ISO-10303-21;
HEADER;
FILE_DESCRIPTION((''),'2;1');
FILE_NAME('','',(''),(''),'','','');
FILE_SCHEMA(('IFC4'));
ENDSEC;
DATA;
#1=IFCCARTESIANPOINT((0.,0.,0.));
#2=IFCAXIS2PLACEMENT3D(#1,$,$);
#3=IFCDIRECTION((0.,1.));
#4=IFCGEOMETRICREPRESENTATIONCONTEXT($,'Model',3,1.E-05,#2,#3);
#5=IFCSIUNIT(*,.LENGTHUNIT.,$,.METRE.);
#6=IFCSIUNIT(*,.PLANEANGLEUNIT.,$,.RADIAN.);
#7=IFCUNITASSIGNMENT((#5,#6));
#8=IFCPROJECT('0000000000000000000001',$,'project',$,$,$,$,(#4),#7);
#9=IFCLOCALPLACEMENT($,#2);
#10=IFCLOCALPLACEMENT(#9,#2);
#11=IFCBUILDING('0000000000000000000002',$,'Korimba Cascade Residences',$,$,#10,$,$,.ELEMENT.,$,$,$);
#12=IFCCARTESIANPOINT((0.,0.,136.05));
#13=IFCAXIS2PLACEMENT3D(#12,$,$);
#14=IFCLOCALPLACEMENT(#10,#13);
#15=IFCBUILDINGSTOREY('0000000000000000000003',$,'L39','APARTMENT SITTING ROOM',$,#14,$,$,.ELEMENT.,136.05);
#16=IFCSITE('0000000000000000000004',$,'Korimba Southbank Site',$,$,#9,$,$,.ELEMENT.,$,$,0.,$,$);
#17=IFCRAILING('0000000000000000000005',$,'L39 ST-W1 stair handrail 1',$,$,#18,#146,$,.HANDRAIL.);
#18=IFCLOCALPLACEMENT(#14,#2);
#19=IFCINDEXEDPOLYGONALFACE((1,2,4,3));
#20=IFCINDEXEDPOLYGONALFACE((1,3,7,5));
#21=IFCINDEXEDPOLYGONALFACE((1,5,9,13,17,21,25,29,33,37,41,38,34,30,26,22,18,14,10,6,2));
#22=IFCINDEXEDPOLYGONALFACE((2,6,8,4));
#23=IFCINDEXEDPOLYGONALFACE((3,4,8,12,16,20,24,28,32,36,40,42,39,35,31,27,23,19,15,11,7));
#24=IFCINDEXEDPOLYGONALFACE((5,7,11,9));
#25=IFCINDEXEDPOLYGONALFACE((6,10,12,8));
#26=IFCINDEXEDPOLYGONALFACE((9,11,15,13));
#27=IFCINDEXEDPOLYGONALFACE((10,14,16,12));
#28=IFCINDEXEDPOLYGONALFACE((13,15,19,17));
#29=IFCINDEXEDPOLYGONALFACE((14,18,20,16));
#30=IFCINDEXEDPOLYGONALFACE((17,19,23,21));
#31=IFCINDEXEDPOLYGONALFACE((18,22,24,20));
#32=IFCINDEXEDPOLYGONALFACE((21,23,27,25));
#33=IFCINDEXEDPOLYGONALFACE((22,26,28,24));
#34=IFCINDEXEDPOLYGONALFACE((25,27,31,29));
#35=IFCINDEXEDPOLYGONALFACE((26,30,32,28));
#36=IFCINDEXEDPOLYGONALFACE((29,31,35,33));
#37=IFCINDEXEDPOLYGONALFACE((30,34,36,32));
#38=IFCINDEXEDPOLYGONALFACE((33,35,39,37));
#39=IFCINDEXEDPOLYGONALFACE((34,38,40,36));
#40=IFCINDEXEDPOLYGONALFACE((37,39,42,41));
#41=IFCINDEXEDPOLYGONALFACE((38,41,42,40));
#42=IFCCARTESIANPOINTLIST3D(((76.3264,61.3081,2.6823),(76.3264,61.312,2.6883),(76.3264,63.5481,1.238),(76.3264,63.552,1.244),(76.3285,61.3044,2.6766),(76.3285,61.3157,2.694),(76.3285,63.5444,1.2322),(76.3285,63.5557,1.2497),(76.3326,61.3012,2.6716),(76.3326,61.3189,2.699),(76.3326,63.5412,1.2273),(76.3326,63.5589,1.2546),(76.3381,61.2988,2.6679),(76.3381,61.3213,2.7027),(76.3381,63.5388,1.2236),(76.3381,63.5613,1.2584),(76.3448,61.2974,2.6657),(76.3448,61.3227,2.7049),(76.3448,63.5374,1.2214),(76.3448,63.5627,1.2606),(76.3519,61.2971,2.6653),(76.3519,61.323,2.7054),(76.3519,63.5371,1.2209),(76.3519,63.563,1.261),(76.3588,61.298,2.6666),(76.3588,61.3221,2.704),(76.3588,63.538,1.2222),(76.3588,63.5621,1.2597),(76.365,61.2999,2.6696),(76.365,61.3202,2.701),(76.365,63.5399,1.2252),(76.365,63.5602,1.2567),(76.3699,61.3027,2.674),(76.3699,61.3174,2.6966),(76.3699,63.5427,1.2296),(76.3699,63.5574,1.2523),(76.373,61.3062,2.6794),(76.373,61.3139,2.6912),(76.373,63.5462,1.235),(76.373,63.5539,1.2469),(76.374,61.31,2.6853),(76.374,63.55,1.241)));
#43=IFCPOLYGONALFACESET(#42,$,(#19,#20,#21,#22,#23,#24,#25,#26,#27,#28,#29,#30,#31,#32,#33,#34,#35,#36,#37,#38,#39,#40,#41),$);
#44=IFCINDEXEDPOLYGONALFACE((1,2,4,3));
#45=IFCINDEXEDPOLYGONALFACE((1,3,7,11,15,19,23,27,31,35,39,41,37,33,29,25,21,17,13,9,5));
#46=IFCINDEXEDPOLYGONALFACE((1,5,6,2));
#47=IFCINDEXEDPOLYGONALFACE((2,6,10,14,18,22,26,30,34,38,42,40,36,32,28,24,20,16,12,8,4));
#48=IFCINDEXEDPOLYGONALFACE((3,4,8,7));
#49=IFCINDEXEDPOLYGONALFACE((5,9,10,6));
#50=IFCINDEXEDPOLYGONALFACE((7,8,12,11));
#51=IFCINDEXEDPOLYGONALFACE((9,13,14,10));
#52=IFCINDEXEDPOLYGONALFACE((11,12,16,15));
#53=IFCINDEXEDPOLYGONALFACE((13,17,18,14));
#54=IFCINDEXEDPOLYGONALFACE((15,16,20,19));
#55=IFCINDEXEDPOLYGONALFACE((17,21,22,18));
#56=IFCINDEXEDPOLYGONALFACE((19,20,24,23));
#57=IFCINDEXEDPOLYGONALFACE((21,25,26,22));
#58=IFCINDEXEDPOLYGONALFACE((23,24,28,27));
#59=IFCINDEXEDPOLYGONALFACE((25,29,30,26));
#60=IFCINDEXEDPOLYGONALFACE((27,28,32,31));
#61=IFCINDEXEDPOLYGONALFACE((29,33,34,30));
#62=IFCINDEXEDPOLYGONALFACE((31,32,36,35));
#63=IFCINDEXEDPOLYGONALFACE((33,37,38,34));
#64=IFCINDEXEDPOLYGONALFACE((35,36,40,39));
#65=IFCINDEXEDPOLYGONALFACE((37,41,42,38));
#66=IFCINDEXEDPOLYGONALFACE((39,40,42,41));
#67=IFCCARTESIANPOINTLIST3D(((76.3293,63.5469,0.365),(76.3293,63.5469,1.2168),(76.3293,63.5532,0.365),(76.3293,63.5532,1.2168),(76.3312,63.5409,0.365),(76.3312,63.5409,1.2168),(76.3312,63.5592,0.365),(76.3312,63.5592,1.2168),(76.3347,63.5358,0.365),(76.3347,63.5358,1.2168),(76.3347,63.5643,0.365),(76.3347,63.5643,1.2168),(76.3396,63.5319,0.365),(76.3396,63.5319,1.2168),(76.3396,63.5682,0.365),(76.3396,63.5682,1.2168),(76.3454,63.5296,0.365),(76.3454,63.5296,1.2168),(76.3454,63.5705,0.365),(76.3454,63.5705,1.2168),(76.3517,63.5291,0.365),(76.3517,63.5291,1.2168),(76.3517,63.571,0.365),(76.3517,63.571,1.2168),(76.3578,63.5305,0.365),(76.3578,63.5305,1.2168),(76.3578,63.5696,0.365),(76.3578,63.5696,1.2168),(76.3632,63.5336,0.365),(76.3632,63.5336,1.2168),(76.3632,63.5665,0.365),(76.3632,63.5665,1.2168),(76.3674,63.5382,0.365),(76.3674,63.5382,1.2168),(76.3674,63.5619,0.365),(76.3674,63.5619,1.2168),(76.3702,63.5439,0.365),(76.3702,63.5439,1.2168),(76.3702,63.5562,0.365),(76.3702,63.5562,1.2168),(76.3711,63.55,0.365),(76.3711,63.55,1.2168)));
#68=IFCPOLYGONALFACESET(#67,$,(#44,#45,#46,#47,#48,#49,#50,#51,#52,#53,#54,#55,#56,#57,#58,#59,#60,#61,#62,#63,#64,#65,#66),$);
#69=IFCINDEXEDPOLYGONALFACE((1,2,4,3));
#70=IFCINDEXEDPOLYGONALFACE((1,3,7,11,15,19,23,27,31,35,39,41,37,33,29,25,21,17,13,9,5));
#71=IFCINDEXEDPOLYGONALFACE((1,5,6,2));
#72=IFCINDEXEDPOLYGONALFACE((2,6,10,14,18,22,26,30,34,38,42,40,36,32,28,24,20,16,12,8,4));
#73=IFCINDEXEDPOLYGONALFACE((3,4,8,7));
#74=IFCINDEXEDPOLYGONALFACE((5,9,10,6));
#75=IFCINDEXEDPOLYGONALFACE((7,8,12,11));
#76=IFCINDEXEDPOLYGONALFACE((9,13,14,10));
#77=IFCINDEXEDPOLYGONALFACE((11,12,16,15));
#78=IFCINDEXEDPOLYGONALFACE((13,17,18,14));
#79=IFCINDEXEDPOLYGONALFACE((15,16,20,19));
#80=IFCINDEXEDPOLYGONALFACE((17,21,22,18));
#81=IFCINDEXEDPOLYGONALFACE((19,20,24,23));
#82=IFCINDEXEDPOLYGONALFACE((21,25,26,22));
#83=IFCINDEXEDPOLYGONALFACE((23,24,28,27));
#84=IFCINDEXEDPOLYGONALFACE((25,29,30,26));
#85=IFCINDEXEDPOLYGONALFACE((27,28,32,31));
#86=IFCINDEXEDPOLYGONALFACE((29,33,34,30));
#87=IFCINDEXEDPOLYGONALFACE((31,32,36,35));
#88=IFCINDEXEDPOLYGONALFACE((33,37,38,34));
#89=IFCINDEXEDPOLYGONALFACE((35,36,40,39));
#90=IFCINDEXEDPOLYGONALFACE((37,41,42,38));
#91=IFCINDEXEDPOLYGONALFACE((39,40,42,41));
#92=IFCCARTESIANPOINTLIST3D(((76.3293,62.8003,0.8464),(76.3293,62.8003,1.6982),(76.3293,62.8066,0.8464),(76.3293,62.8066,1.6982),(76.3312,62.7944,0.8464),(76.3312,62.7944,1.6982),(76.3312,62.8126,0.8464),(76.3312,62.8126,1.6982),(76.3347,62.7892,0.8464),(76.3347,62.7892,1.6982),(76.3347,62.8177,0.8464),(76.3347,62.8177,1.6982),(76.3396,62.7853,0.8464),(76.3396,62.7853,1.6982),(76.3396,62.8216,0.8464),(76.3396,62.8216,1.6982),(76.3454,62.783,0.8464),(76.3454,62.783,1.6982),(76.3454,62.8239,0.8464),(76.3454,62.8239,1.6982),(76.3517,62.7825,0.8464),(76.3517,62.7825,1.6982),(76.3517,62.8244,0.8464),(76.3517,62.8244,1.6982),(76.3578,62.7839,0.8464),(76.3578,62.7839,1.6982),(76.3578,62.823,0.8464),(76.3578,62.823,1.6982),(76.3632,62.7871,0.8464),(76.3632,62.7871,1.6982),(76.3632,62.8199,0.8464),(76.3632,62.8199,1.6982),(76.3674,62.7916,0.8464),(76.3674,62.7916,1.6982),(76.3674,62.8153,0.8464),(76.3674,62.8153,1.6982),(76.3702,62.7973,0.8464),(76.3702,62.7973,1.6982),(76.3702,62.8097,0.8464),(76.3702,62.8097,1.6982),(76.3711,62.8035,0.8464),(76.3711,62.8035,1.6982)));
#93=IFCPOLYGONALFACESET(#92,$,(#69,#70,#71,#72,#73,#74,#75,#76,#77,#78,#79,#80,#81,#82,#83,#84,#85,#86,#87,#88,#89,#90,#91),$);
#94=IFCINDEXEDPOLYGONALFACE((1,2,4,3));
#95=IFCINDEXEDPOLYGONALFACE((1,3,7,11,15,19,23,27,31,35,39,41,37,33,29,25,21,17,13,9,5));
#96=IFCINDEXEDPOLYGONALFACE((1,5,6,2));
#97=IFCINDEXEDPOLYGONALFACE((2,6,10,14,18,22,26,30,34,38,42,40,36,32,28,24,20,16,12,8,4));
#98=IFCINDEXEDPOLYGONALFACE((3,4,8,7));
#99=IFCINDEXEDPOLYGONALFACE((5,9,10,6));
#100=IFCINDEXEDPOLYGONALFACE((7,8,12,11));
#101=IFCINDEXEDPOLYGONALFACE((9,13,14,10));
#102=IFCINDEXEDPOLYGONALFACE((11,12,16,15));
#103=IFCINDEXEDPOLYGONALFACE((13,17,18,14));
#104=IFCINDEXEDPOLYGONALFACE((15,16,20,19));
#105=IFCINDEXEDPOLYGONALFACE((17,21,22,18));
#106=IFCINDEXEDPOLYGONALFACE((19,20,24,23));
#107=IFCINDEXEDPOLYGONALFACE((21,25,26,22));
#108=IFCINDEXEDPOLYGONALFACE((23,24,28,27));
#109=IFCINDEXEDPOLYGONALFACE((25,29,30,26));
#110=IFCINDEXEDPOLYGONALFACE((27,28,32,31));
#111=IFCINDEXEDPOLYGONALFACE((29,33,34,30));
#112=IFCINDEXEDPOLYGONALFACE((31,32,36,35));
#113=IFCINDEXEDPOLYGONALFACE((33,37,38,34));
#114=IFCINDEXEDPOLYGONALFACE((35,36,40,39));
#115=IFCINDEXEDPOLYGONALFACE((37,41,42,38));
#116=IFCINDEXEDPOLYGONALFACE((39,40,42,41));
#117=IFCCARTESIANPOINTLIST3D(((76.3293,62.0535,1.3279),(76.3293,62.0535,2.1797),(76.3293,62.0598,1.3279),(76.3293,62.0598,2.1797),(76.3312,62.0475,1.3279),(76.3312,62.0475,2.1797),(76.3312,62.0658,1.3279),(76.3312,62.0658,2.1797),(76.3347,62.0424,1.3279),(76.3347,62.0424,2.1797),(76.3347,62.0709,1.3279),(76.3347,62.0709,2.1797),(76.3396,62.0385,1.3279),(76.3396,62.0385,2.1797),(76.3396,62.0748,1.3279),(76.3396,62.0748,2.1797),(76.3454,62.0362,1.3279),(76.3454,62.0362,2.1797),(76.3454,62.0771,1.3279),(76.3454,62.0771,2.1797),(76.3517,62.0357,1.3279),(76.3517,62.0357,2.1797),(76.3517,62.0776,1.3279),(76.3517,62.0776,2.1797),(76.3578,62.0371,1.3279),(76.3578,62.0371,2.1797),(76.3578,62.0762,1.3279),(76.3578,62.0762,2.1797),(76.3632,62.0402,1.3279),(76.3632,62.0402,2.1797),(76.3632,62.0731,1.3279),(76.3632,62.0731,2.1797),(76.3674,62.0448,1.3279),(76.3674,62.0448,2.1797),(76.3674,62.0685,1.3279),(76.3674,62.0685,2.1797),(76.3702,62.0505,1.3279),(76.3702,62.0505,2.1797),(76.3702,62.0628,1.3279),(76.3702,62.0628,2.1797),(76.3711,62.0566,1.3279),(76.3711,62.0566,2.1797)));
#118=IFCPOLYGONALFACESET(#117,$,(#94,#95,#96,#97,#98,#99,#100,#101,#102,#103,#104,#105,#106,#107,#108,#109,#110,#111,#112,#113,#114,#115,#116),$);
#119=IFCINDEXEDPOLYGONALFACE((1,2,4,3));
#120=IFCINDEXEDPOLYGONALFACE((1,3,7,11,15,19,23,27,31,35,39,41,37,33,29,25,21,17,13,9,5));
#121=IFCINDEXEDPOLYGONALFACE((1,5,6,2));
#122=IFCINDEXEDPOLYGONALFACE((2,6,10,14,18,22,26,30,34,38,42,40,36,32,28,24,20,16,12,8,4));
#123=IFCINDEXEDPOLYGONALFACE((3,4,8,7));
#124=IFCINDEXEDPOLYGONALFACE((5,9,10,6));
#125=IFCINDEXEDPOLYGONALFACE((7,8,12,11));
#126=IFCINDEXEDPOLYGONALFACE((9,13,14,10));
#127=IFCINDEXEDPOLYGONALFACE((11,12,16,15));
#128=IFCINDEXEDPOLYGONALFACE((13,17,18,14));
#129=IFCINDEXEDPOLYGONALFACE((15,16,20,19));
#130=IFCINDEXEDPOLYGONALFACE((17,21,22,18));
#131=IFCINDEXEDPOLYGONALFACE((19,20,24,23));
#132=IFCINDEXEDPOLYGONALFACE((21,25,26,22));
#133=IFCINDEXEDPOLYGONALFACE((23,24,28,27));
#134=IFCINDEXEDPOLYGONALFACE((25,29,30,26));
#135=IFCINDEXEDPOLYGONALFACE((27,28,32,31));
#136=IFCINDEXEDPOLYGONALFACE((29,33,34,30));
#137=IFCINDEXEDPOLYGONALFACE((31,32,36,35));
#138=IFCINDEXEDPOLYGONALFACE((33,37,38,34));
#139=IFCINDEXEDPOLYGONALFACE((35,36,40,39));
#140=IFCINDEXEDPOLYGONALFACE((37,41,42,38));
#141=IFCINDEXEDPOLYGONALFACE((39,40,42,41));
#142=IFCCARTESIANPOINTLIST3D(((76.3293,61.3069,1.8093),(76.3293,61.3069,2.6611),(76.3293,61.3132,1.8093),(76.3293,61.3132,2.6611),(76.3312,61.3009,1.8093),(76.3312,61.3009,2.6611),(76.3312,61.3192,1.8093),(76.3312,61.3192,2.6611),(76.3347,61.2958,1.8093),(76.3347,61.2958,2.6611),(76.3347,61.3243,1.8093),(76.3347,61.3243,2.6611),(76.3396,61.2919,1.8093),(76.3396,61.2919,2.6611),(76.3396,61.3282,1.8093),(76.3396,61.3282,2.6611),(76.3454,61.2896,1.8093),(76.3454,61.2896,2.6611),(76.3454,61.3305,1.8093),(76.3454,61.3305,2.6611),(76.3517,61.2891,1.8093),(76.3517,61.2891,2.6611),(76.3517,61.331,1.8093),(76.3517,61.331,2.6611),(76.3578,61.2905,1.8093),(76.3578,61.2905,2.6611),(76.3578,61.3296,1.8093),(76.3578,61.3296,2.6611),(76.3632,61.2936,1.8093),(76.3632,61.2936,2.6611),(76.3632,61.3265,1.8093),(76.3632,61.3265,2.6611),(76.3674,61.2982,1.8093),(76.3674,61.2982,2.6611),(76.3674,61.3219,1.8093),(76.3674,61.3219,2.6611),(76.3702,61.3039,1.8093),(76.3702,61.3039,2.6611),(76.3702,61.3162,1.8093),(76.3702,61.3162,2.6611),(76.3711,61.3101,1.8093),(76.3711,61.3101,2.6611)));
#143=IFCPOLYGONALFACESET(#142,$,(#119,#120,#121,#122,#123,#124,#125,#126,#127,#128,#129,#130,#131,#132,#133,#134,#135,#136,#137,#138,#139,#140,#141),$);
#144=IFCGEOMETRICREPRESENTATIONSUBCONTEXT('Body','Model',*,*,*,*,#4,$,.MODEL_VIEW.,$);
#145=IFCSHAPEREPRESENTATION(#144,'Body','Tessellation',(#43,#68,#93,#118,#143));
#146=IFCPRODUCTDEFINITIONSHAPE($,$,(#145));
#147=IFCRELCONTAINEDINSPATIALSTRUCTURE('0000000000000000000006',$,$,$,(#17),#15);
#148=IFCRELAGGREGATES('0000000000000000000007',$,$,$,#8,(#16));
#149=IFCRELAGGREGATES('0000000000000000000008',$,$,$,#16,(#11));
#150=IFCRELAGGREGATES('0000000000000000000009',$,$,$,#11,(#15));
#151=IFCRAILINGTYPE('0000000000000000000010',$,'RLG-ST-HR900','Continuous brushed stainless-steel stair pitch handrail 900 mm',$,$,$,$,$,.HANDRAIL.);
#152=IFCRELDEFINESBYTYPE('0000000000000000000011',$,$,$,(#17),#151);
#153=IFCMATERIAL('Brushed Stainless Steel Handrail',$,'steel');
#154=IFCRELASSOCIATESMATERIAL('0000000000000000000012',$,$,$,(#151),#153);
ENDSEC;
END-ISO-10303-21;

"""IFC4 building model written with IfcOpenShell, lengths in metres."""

from ifc_helpers import new_model, si_unit, direction, frame, origin, origin_2d, place, context, subcontext, project, spatial, circle, extrude, material, type_object, element, save


model = new_model("IFC4")

# Units and contexts
model_context = context("Model", 3, precision=1e-05, world=origin(), true_north=direction((0.0, 1.0)))
body_context = subcontext(model_context, "Body", "Model", "MODEL_VIEW")
ifc_project = project(units=[si_unit("LENGTHUNIT", "METRE"), si_unit("PLANEANGLEUNIT", "RADIAN")], contexts=[model_context])

# Site, building, storey
site_placement = place(None, origin())
site = spatial("IfcSite", under=ifc_project, at=site_placement, Name="Korimba Southbank Site", CompositionType="ELEMENT", RefElevation=0.0)
building_placement = place(site_placement, origin())
building = spatial("IfcBuilding", under=site, at=building_placement, Name="Korimba Cascade Residences", CompositionType="ELEMENT")
storey_placement = place(building_placement, frame((0.0, 0.0, 136.05)))
storey = spatial("IfcBuildingStorey", under=building, at=storey_placement, Name="L39", Description="APARTMENT SITTING ROOM", CompositionType="ELEMENT", Elevation=136.05)

# Railing
ifc_material_1 = material(Name="Brushed Stainless Steel Handrail", Category="steel")
railing_type_1 = type_object("IfcRailingType", Name="RLG-ST-HR900", Description="Continuous brushed stainless-steel stair pitch handrail 900 mm", PredefinedType="HANDRAIL", material=ifc_material_1)
railing_1_placement = place(storey_placement, frame((76.3501, 63.55, 0.365)))
element("IfcRailing", 1, at=railing_1_placement, inside=storey, type_object=railing_type_1, Name="L39 ST-W1 stair handrail 1", PredefinedType="HANDRAIL", context=body_context, shape_type="SweptSolid", body=[
    extrude(circle(Radius=0.0239, at=origin_2d()), frame((0.0, 0.0, 0.876), z_axis=(0.0, -0.840437, 0.54191), x_axis=(1.0, 0.0, 0.0)), (0.0, 0.0, 1.0), 2.6653),
    extrude(circle(Radius=0.021, at=origin_2d()), origin(), (0.0, 0.0, 1.0), 0.8518),
    extrude(circle(Radius=0.021, at=origin_2d()), frame((0.0, -0.7466, 0.4814)), (0.0, 0.0, 1.0), 0.8518),
    extrude(circle(Radius=0.021, at=origin_2d()), frame((0.0, -1.4934, 0.9629)), (0.0, 0.0, 1.0), 0.8518),
    extrude(circle(Radius=0.021, at=origin_2d()), frame((0.0, -2.24, 1.4443)), (0.0, 0.0, 1.0), 0.8518),
])

save(model, "model.ifc")
